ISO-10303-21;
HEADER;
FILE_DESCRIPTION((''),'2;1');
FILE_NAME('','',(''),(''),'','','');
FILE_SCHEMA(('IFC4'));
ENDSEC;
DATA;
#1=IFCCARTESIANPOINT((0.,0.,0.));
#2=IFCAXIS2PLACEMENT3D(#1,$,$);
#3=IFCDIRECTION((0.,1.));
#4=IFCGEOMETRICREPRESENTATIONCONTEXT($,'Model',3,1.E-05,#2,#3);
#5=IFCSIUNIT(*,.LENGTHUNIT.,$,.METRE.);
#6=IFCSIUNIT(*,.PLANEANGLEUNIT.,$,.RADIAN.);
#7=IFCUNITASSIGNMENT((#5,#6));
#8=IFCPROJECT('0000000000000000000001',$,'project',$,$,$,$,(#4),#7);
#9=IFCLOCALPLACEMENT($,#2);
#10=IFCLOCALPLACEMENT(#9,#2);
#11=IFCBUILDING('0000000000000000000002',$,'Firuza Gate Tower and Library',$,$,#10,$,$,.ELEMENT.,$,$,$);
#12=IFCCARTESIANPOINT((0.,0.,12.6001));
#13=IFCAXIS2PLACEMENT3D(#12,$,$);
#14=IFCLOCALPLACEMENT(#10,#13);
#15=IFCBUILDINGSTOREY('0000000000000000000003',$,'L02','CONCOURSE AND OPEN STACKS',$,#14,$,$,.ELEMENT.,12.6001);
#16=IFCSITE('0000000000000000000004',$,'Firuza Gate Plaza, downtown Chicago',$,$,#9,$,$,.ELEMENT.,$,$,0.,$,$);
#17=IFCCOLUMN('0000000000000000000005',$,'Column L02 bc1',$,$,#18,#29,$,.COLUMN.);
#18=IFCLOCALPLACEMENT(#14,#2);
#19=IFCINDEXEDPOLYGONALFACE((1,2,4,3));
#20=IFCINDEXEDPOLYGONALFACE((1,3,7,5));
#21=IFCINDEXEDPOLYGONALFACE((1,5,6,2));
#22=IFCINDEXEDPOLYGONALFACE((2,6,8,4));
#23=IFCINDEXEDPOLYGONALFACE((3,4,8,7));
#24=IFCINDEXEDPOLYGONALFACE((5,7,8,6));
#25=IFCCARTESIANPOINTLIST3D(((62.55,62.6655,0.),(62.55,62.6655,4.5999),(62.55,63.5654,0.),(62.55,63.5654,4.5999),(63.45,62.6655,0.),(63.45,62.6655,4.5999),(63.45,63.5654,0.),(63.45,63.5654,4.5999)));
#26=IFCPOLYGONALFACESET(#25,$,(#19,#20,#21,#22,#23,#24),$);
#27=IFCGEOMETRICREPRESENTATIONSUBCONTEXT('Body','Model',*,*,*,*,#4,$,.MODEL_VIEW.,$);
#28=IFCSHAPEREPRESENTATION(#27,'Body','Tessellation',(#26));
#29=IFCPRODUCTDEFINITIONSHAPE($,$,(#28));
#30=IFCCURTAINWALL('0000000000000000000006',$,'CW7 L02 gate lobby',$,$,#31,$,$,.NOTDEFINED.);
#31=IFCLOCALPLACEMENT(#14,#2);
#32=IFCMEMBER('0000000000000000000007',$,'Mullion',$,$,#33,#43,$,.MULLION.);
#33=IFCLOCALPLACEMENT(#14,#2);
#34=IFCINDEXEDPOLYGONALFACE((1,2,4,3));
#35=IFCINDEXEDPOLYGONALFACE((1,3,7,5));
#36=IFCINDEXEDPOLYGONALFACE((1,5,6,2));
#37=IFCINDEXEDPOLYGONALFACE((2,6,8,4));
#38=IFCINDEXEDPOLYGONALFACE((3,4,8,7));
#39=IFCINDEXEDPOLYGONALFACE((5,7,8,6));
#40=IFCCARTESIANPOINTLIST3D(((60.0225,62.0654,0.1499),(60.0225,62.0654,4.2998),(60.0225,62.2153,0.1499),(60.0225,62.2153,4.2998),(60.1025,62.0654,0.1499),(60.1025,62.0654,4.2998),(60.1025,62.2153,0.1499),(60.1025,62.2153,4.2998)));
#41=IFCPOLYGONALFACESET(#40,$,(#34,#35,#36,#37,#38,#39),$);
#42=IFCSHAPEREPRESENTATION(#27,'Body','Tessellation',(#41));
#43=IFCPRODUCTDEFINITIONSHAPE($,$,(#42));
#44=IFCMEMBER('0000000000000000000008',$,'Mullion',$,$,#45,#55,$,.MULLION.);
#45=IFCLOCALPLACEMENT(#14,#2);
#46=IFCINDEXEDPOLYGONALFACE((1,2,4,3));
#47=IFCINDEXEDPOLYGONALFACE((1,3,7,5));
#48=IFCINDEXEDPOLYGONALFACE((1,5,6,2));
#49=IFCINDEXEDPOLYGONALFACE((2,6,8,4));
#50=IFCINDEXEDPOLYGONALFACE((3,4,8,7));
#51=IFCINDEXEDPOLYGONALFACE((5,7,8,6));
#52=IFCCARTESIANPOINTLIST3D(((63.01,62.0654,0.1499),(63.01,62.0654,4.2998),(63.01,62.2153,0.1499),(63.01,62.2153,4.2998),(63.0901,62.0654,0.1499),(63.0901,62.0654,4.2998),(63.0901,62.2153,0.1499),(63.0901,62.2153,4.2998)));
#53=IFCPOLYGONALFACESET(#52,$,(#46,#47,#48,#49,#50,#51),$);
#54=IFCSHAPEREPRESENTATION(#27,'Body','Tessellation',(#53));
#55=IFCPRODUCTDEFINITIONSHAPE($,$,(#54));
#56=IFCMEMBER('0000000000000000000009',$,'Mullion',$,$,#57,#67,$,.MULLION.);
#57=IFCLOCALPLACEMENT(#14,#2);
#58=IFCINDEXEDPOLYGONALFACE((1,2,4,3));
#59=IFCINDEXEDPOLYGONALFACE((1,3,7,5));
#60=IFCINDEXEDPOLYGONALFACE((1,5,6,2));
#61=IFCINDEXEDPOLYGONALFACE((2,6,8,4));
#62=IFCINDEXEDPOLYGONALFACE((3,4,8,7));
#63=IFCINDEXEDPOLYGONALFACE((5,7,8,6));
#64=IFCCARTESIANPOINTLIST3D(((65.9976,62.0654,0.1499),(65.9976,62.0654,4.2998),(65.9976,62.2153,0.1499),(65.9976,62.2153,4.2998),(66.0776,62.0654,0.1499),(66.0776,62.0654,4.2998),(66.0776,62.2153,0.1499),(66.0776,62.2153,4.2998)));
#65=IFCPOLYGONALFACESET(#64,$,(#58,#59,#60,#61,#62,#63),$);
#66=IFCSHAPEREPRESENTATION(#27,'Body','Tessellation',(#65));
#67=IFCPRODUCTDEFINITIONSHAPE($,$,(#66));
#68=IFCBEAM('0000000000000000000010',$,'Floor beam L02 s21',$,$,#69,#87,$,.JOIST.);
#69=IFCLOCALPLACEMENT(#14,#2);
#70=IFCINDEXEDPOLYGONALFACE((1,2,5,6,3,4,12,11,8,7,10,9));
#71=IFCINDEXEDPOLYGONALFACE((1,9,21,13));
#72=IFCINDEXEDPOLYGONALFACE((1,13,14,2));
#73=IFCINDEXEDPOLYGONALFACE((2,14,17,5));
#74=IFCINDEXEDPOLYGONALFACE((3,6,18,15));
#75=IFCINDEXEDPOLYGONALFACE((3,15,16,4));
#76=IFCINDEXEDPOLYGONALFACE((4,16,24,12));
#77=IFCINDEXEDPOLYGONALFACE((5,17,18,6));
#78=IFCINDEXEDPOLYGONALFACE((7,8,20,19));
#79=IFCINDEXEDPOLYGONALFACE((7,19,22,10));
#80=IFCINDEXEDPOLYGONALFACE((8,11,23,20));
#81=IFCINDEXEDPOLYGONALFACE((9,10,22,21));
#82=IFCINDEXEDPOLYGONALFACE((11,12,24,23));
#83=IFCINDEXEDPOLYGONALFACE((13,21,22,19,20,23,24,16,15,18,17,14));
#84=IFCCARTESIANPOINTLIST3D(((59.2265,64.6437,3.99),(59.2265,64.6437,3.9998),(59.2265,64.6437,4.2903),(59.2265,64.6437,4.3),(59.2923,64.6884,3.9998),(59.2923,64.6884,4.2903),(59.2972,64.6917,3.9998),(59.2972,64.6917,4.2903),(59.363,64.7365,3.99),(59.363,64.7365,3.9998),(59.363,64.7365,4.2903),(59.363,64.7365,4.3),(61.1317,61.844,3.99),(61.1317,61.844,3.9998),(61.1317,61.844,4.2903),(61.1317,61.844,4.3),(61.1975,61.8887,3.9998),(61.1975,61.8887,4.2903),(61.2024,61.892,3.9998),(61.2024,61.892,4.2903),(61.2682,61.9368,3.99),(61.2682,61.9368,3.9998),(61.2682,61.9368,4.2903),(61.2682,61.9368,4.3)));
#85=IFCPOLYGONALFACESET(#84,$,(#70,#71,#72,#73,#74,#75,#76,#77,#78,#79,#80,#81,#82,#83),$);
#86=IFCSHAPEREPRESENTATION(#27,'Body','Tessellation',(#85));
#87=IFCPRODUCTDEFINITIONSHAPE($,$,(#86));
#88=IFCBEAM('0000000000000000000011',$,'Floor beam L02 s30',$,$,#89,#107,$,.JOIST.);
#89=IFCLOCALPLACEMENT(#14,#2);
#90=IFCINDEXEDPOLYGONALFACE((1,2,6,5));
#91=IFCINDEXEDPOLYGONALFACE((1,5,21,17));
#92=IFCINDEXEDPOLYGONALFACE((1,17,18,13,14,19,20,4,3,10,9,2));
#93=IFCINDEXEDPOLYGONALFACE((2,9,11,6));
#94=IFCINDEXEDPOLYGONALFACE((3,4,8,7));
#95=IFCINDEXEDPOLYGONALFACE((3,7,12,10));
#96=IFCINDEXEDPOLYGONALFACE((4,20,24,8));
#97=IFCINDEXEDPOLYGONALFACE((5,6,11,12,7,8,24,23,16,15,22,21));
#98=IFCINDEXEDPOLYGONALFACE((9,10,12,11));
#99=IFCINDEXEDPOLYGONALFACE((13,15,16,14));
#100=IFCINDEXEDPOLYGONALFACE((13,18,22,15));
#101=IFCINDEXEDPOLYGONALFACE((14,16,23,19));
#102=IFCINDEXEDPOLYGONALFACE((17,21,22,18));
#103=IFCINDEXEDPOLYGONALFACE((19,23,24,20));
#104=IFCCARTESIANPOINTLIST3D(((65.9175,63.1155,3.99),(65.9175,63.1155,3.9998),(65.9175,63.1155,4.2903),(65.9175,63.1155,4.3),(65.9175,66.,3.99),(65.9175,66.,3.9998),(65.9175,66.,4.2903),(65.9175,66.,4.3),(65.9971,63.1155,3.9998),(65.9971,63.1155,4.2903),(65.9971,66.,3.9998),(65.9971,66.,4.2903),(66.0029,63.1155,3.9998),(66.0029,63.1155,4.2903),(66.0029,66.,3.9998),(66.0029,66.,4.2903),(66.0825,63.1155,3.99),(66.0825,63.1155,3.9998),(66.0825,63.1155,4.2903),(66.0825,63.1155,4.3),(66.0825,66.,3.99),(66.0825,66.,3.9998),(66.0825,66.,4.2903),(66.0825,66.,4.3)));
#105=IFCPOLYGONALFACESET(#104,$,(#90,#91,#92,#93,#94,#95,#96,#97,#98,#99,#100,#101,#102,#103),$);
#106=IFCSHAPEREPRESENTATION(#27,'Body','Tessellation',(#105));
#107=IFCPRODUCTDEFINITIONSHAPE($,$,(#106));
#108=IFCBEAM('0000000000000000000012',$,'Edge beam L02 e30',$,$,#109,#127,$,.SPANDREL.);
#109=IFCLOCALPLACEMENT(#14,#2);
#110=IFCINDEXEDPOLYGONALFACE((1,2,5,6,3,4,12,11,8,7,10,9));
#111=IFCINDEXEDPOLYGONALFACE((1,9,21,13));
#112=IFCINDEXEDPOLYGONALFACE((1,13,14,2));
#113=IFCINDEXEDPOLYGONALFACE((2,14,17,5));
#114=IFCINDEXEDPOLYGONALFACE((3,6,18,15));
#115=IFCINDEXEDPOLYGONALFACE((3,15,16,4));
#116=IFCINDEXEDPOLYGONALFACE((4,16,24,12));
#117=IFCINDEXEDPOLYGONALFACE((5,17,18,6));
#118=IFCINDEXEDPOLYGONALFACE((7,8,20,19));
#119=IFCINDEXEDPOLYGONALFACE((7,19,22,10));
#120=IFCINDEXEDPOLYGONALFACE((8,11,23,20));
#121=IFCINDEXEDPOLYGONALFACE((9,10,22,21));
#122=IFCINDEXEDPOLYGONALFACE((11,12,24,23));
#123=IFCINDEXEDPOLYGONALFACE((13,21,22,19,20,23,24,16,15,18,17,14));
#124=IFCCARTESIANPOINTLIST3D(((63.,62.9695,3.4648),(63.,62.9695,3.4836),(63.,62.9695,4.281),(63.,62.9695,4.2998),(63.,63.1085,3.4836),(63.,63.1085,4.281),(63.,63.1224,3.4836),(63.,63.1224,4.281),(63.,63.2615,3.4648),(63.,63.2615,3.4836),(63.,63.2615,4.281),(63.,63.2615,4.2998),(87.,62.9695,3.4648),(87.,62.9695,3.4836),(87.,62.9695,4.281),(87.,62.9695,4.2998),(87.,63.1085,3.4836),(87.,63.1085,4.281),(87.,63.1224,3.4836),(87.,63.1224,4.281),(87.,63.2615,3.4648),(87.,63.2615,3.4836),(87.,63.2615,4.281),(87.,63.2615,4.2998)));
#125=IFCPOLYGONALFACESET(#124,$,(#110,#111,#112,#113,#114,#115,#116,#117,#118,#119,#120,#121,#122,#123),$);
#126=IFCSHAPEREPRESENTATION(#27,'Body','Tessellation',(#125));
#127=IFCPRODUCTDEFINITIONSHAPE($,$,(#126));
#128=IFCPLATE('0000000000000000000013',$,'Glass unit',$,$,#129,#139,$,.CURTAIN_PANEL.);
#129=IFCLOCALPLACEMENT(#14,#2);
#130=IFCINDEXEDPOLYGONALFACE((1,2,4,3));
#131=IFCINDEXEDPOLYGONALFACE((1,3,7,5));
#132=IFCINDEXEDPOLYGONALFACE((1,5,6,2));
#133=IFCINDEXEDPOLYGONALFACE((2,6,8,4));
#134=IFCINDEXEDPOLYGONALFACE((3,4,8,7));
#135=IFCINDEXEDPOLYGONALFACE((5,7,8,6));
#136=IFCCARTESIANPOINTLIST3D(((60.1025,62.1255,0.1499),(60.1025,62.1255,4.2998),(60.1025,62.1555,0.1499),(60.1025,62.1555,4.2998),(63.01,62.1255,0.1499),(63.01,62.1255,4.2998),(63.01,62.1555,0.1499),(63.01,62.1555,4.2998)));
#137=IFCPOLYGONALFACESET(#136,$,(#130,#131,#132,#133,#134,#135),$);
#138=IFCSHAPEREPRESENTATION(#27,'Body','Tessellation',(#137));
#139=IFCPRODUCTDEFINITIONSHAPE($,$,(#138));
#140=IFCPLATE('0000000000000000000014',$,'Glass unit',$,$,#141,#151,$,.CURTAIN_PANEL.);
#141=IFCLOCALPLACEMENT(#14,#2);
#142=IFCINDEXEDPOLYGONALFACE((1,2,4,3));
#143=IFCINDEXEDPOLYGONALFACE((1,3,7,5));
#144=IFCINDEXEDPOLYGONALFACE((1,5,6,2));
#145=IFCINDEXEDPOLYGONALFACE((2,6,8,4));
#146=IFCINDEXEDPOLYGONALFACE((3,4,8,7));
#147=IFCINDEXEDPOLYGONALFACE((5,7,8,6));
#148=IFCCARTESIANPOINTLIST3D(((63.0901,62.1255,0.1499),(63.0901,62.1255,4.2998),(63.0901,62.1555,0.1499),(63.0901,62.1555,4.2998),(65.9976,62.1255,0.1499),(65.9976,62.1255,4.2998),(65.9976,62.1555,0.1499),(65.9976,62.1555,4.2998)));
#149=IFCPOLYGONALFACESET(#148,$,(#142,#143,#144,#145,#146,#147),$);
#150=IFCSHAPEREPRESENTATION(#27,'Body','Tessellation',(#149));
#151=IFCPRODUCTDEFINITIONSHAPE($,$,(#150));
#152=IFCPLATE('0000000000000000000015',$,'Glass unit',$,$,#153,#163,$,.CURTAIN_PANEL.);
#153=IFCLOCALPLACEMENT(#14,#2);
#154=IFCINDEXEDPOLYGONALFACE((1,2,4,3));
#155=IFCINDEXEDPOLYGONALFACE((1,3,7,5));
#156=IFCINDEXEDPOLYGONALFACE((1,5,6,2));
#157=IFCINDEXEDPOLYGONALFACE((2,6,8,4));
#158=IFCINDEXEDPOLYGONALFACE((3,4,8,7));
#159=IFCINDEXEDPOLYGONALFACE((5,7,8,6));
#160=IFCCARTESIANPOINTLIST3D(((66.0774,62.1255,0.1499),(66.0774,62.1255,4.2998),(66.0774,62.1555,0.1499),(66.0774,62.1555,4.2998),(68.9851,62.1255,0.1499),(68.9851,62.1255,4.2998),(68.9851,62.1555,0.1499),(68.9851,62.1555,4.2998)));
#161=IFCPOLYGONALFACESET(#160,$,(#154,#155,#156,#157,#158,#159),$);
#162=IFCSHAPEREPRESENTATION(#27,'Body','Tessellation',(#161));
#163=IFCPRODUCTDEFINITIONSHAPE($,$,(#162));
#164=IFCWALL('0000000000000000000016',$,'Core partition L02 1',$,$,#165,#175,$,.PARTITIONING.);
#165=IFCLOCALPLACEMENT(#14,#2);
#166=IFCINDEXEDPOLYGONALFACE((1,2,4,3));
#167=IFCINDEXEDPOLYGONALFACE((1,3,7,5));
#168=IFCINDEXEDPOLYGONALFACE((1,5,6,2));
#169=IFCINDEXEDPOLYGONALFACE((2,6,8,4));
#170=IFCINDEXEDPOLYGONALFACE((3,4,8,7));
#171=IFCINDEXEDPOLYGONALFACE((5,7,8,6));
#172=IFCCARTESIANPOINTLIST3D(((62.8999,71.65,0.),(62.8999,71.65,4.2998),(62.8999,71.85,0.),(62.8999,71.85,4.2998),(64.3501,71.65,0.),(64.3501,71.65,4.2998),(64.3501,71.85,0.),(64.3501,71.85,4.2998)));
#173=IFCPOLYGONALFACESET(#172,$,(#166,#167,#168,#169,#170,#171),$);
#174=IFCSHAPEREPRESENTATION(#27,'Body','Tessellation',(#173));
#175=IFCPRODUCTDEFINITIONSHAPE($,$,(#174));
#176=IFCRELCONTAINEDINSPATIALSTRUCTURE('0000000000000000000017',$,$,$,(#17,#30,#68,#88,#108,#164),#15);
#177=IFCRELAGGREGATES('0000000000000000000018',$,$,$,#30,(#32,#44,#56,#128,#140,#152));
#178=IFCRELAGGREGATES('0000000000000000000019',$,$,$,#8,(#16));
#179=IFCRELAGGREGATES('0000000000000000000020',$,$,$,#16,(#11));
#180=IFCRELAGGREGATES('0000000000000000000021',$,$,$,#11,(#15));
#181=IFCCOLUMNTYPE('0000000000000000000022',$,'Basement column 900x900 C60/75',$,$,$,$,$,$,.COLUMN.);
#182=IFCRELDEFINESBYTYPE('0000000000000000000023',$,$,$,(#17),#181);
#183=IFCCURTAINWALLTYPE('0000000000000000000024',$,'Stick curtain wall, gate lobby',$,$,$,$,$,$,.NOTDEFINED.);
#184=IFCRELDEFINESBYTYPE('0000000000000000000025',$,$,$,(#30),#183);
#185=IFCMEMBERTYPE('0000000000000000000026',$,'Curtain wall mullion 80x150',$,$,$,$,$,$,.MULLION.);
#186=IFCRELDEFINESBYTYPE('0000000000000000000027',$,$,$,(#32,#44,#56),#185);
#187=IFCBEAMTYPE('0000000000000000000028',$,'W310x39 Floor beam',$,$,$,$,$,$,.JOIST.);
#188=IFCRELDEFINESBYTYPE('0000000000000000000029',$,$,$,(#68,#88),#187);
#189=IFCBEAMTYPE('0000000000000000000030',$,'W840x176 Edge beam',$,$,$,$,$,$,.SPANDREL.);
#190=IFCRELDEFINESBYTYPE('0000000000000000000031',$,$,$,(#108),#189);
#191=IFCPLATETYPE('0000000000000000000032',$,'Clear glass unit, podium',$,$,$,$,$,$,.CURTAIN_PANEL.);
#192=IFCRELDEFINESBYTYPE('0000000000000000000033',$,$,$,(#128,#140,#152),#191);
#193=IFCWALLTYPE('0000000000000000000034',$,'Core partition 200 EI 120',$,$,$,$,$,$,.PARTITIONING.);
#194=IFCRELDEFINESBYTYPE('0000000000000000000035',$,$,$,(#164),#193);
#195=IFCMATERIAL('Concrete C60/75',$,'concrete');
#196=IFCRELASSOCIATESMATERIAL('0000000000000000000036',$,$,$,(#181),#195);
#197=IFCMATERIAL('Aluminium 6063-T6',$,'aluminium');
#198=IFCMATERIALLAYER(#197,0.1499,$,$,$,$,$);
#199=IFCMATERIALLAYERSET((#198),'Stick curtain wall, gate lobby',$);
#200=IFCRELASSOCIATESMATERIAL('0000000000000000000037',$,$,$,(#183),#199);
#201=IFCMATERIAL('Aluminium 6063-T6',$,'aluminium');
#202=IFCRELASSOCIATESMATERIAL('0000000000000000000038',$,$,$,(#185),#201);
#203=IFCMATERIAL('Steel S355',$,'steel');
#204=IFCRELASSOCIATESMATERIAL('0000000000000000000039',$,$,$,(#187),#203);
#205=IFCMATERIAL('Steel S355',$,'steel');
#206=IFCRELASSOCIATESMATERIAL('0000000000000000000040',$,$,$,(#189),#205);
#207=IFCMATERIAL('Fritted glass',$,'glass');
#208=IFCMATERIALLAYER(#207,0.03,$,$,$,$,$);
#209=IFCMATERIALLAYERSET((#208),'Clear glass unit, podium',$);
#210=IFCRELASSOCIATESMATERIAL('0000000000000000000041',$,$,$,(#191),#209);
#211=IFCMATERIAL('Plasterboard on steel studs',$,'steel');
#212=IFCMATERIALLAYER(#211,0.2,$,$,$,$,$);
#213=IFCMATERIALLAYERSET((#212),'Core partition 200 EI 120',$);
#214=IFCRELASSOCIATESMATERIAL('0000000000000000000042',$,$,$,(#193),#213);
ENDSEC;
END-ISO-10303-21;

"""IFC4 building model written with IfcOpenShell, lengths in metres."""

from ifc_helpers import new_model, si_unit, direction, frame, frame_2d, origin, origin_2d, place, context, subcontext, project, spatial, polyline, rectangle, i_section, outline, extrude, material, layer, layer_set, material_profile, profile_set, type_object, element, aggregate, save


model = new_model("IFC4")

# Units and contexts
model_context = context("Model", 3, precision=1e-05, world=origin(), true_north=direction((0.0, 1.0)))
body_context = subcontext(model_context, "Body", "Model", "MODEL_VIEW")
ifc_project = project(units=[si_unit("LENGTHUNIT", "METRE"), si_unit("PLANEANGLEUNIT", "RADIAN")], contexts=[model_context])

# Site, building, storey
site_placement = place(None, origin())
site = spatial("IfcSite", under=ifc_project, at=site_placement, Name="Firuza Gate Plaza, downtown Chicago", CompositionType="ELEMENT", RefElevation=0.0)
building_placement = place(site_placement, origin())
building = spatial("IfcBuilding", under=site, at=building_placement, Name="Firuza Gate Tower and Library", CompositionType="ELEMENT")
storey_placement = place(building_placement, frame((0.0, 0.0, 12.6001)))
storey = spatial("IfcBuildingStorey", under=building, at=storey_placement, Name="L02", Description="CONCOURSE AND OPEN STACKS", CompositionType="ELEMENT", Elevation=12.6001)

# Column
ifc_material_1 = material(Name="Concrete C60/75", Category="concrete")
ifc_material_profile_1 = material_profile(ifc_material_1, rectangle(XDim=0.8999, YDim=0.8999, at=origin_2d()))
ifc_profile_set_1 = profile_set([ifc_material_profile_1], Name="Concrete C60/75")
column_type = type_object("IfcColumnType", Name="Basement column 900x900 C60/75", PredefinedType="COLUMN", material=ifc_profile_set_1)
column_placement = place(storey_placement, frame((63.0, 63.1155, 0.0), z_axis=(0.0, 0.0, 1.0), x_axis=(1.0, 0.0, 0.0)))
element("IfcColumn", 1, at=column_placement, inside=storey, type_object=column_type, Name="Column L02 bc1", PredefinedType="COLUMN", context=body_context, shape_type="SweptSolid", body=[
    extrude(rectangle(XDim=0.8999, YDim=0.8999, at=origin_2d()), origin(), (0.0, 0.0, 1.0), 4.5999),
])

# Curtain wall, members
ifc_material_2 = material(Name="Aluminium 6063-T6", Category="aluminium")
ifc_layer_1 = layer(ifc_material_2, 0.1499)
ifc_layer_set_1 = layer_set([ifc_layer_1], Name="Stick curtain wall, gate lobby")
curtain_wall_type = type_object("IfcCurtainWallType", Name="Stick curtain wall, gate lobby", PredefinedType="NOTDEFINED", material=ifc_layer_set_1)
curtain_wall_placement = place(storey_placement, origin())
curtain_wall = element("IfcCurtainWall", 2, at=curtain_wall_placement, inside=storey, type_object=curtain_wall_type, Name="CW7 L02 gate lobby", PredefinedType="NOTDEFINED")
ifc_material_3 = material(Name="Aluminium 6063-T6", Category="aluminium")
ifc_material_profile_2 = material_profile(ifc_material_3, rectangle(XDim=0.1499, YDim=0.0801, at=origin_2d()))
ifc_profile_set_2 = profile_set([ifc_material_profile_2], Name="Aluminium 6063-T6")
member_type = type_object("IfcMemberType", Name="Curtain wall mullion 80x150", PredefinedType="MULLION", material=ifc_profile_set_2)
member_1_placement = place(storey_placement, frame((60.0625, 62.1404, 0.1499), z_axis=(0.0, 0.0, 1.0), x_axis=(0.0, 1.0, 0.0)))
member_1 = element("IfcMember", 3, at=member_1_placement, type_object=member_type, Name="Mullion", PredefinedType="MULLION", context=body_context, shape_type="SweptSolid", body=[
    extrude(rectangle(XDim=0.1499, YDim=0.0801, at=origin_2d()), origin(), (0.0, 0.0, 1.0), 4.1499),
])
member_2_placement = place(storey_placement, frame((63.05, 62.1404, 0.1499), z_axis=(0.0, 0.0, 1.0), x_axis=(0.0, 1.0, 0.0)))
member_2 = element("IfcMember", 4, at=member_2_placement, type_object=member_type, Name="Mullion", PredefinedType="MULLION", context=body_context, shape_type="SweptSolid", body=[
    extrude(rectangle(XDim=0.1499, YDim=0.0801, at=origin_2d()), origin(), (0.0, 0.0, 1.0), 4.1499),
])
member_3_placement = place(storey_placement, frame((66.0376, 62.1404, 0.1499), z_axis=(0.0, 0.0, 1.0), x_axis=(0.0, 1.0, 0.0)))
member_3 = element("IfcMember", 5, at=member_3_placement, type_object=member_type, Name="Mullion", PredefinedType="MULLION", context=body_context, shape_type="SweptSolid", body=[
    extrude(rectangle(XDim=0.1499, YDim=0.0801, at=origin_2d()), origin(), (0.0, 0.0, 1.0), 4.1499),
])

# Beams
ifc_material_4 = material(Name="Steel S355", Category="steel")
ifc_material_profile_3 = material_profile(ifc_material_4, i_section(OverallWidth=0.165, OverallDepth=0.3101, WebThickness=0.0059, FlangeThickness=0.0098, at=origin_2d()))
ifc_profile_set_3 = profile_set([ifc_material_profile_3], Name="Steel S355")
beam_type_1 = type_object("IfcBeamType", Name="W310x39 Floor beam", PredefinedType="JOIST", material=ifc_profile_set_3)
beam_1_placement = place(storey_placement, frame((61.2, 61.8904, 4.145), z_axis=(-0.562594, 0.826733, 0.0), x_axis=(-0.826733, -0.562594, 0.0)))
element("IfcBeam", 6, at=beam_1_placement, inside=storey, type_object=beam_type_1, Name="Floor beam L02 s21", PredefinedType="JOIST", context=body_context, shape_type="SweptSolid", body=[
    extrude(i_section(OverallWidth=0.165, OverallDepth=0.3101, WebThickness=0.0059, FlangeThickness=0.0098, at=origin_2d()), origin(), (0.0, 0.0, 1.0), 3.3865),
])
beam_2_placement = place(storey_placement, frame((66.0, 63.1155, 4.145), z_axis=(0.0, 1.0, 0.0), x_axis=(-1.0, 0.0, 0.0)))
element("IfcBeam", 7, at=beam_2_placement, inside=storey, type_object=beam_type_1, Name="Floor beam L02 s30", PredefinedType="JOIST", context=body_context, shape_type="SweptSolid", body=[
    extrude(i_section(OverallWidth=0.165, OverallDepth=0.3101, WebThickness=0.0059, FlangeThickness=0.0098, at=origin_2d()), origin(), (0.0, 0.0, 1.0), 2.8845),
])
ifc_material_5 = material(Name="Steel S355", Category="steel")
ifc_material_profile_4 = material_profile(ifc_material_5, i_section(OverallWidth=0.292, OverallDepth=0.835, WebThickness=0.0139, FlangeThickness=0.0188, at=origin_2d()))
ifc_profile_set_4 = profile_set([ifc_material_profile_4], Name="Steel S355")
beam_type_2 = type_object("IfcBeamType", Name="W840x176 Edge beam", PredefinedType="SPANDREL", material=ifc_profile_set_4)
beam_3_placement = place(storey_placement, frame((63.0, 63.1155, 3.8823), z_axis=(1.0, 0.0, 0.0), x_axis=(0.0, 1.0, 0.0)))
element("IfcBeam", 8, at=beam_3_placement, inside=storey, type_object=beam_type_2, Name="Edge beam L02 e30", PredefinedType="SPANDREL", context=body_context, shape_type="SweptSolid", body=[
    extrude(i_section(OverallWidth=0.292, OverallDepth=0.835, WebThickness=0.0139, FlangeThickness=0.0188, at=origin_2d()), origin(), (0.0, 0.0, 1.0), 24.0),
])

# Plates
ifc_material_6 = material(Name="Fritted glass", Category="glass")
ifc_layer_2 = layer(ifc_material_6, 0.03)
ifc_layer_set_2 = layer_set([ifc_layer_2], Name="Clear glass unit, podium")
plate_type = type_object("IfcPlateType", Name="Clear glass unit, podium", PredefinedType="CURTAIN_PANEL", material=ifc_layer_set_2)
plate_1_placement = place(storey_placement, frame((60.1025, 62.1255, 0.1499), z_axis=(0.0, -1.0, 0.0), x_axis=(1.0, 0.0, 0.0)))
plate_1 = element("IfcPlate", 9, at=plate_1_placement, type_object=plate_type, Name="Glass unit", PredefinedType="CURTAIN_PANEL", context=body_context, shape_type="SweptSolid", body=[
    extrude(outline(polyline([(0.0, 0.0), (2.9075, 0.0), (2.9075, 4.1499), (0.0, 4.1499), (0.0, 0.0)])), origin(), (0.0, 0.0, -1.0), 0.03),
])
plate_2_placement = place(storey_placement, frame((63.0901, 62.1255, 0.1499), z_axis=(0.0, -1.0, 0.0), x_axis=(1.0, 0.0, 0.0)))
plate_2 = element("IfcPlate", 10, at=plate_2_placement, type_object=plate_type, Name="Glass unit", PredefinedType="CURTAIN_PANEL", context=body_context, shape_type="SweptSolid", body=[
    extrude(outline(polyline([(0.0, 0.0), (2.9075, 0.0), (2.9075, 4.1499), (0.0, 4.1499), (0.0, 0.0)])), origin(), (0.0, 0.0, -1.0), 0.03),
])
plate_3_placement = place(storey_placement, frame((66.0774, 62.1255, 0.1499), z_axis=(0.0, -1.0, 0.0), x_axis=(1.0, 0.0, 0.0)))
plate_3 = element("IfcPlate", 11, at=plate_3_placement, type_object=plate_type, Name="Glass unit", PredefinedType="CURTAIN_PANEL", context=body_context, shape_type="SweptSolid", body=[
    extrude(outline(polyline([(0.0, 0.0), (2.9077, 0.0), (2.9077, 4.1499), (0.0, 4.1499), (0.0, 0.0)])), origin(), (0.0, 0.0, -1.0), 0.03),
])
aggregate(curtain_wall, [member_1, member_2, member_3, plate_1, plate_2, plate_3])

# Wall
ifc_material_7 = material(Name="Plasterboard on steel studs", Category="steel")
ifc_layer_3 = layer(ifc_material_7, 0.2)
ifc_layer_set_3 = layer_set([ifc_layer_3], Name="Core partition 200 EI 120")
wall_type_1 = type_object("IfcWallType", Name="Core partition 200 EI 120", PredefinedType="PARTITIONING", material=ifc_layer_set_3)
wall_1_placement = place(storey_placement, frame((62.8999, 71.75, 0.0), z_axis=(0.0, 0.0, 1.0), x_axis=(1.0, 0.0, 0.0)))
element("IfcWall", 12, at=wall_1_placement, inside=storey, type_object=wall_type_1, Name="Core partition L02 1", PredefinedType="PARTITIONING", context=body_context, shape_type="SweptSolid", body=[
    extrude(rectangle(XDim=1.4502, YDim=0.2, at=frame_2d((0.7251, 0.0))), origin(), (0.0, 0.0, 1.0), 4.2998),
])

save(model, "model.ifc")
